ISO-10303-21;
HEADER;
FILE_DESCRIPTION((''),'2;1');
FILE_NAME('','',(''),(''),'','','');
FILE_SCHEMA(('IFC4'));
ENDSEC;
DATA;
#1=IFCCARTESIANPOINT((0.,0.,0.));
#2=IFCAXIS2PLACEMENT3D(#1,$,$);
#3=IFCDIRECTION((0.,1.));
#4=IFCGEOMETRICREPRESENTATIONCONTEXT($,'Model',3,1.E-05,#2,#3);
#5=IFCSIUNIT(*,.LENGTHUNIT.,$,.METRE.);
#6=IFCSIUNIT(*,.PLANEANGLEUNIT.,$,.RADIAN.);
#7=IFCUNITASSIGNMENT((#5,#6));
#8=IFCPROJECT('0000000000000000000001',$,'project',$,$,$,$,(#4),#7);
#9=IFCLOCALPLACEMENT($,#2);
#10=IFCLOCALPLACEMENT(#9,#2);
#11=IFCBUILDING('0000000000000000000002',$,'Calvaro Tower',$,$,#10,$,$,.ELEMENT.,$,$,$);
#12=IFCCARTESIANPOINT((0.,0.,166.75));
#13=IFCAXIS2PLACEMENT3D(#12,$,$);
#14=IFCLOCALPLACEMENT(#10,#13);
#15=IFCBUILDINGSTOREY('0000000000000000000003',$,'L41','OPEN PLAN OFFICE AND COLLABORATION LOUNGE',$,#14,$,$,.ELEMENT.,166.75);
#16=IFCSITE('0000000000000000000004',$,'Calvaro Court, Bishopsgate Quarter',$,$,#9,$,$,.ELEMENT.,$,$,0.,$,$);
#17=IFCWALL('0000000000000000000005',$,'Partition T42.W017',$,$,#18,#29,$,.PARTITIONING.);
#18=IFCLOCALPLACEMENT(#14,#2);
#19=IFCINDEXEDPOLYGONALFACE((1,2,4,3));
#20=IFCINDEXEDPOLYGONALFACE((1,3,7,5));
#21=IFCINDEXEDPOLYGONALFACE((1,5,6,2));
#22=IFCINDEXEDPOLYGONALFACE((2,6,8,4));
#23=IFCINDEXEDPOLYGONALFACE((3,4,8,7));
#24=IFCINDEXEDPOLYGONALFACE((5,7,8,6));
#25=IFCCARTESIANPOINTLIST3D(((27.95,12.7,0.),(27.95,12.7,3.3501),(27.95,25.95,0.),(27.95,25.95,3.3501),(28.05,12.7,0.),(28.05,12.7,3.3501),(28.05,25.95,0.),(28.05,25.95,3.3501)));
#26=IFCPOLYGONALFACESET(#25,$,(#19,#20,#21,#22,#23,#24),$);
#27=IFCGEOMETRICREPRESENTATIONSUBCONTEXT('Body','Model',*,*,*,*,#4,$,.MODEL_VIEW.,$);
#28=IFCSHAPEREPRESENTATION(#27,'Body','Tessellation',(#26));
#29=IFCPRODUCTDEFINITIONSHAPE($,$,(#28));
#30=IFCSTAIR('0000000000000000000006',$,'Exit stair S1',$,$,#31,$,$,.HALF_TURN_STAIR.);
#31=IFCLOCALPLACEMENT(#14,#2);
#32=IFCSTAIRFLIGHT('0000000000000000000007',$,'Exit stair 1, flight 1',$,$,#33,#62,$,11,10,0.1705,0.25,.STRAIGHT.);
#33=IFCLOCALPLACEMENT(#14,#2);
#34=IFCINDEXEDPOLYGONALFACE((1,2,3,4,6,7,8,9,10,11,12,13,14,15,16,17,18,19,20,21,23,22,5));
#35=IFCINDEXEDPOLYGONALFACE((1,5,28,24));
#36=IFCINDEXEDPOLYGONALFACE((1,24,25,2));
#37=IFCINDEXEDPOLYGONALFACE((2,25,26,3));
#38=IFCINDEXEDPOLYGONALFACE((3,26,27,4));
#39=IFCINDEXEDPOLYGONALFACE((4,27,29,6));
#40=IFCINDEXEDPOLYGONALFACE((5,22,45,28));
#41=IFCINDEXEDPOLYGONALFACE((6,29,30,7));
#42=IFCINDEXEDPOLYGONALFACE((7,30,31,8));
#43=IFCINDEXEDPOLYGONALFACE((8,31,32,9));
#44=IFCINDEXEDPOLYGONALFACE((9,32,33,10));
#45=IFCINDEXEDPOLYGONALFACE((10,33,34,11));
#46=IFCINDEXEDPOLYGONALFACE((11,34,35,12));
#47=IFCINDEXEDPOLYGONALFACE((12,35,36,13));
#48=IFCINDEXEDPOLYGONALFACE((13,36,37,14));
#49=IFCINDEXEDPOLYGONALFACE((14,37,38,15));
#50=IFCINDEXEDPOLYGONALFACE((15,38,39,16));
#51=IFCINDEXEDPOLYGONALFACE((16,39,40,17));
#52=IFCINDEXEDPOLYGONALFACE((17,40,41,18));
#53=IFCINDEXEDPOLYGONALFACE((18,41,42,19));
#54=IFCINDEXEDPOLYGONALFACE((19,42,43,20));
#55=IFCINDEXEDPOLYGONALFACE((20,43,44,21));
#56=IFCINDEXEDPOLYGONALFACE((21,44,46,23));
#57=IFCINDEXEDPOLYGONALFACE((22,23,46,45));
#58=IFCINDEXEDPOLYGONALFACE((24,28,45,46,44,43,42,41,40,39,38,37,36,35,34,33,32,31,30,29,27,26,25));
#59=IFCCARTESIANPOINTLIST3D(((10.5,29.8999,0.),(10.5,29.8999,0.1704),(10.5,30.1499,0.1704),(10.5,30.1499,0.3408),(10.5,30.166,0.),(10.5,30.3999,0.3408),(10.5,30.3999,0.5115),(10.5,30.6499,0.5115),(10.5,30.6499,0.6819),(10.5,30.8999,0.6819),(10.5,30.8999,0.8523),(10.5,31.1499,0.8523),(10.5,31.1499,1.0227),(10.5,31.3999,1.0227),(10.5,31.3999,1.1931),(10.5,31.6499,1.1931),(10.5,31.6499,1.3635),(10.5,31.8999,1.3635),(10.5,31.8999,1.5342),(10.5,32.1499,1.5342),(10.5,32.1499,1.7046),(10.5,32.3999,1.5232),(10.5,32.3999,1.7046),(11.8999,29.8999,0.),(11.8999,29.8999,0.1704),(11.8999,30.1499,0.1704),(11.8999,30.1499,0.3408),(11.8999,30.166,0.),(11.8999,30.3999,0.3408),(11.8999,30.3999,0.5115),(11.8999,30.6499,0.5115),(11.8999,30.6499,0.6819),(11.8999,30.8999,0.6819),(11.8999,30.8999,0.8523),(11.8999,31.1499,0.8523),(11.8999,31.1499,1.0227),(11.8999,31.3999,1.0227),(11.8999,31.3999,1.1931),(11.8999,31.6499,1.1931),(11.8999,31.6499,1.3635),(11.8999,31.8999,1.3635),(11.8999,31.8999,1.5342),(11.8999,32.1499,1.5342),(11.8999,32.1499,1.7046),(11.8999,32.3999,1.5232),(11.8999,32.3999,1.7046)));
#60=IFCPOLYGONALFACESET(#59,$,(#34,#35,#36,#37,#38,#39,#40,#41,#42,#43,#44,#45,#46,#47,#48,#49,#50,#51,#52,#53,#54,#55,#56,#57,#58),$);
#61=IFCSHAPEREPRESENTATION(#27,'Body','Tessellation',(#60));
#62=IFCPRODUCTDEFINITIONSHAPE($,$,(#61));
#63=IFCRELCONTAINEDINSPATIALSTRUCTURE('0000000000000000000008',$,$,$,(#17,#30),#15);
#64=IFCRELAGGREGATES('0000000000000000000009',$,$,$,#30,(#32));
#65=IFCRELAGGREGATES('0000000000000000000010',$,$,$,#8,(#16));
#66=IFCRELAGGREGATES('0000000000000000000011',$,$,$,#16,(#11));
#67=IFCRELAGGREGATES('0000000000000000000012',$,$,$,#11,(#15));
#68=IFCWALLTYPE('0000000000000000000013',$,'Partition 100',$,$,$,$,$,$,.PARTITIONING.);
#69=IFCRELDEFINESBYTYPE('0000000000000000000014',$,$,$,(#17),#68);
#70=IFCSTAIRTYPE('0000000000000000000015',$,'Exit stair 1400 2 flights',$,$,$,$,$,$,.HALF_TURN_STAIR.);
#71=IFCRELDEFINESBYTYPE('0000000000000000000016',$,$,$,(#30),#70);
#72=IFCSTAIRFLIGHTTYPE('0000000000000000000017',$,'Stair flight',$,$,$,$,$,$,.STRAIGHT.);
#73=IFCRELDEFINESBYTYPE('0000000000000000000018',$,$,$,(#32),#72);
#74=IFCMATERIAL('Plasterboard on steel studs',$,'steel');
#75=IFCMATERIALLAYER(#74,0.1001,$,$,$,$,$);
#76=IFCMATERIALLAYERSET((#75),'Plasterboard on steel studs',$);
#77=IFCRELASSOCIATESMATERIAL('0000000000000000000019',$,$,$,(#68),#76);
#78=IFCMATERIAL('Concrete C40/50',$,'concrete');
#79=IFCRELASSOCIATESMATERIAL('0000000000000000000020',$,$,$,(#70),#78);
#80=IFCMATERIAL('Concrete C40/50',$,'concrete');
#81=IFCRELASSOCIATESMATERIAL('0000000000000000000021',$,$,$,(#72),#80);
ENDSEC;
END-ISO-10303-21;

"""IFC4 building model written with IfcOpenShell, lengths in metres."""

from ifc_helpers import new_model, si_unit, direction, frame, frame_2d, origin, place, context, subcontext, project, spatial, polyline, rectangle, outline, extrude, material, layer, layer_set, type_object, element, aggregate, save


model = new_model("IFC4")

# Units and contexts
model_context = context("Model", 3, precision=1e-05, world=origin(), true_north=direction((0.0, 1.0)))
body_context = subcontext(model_context, "Body", "Model", "MODEL_VIEW")
ifc_project = project(units=[si_unit("LENGTHUNIT", "METRE"), si_unit("PLANEANGLEUNIT", "RADIAN")], contexts=[model_context])

# Site, building, storey
site_placement = place(None, origin())
site = spatial("IfcSite", under=ifc_project, at=site_placement, Name="Calvaro Court, Bishopsgate Quarter", CompositionType="ELEMENT", RefElevation=0.0)
building_placement = place(site_placement, origin())
building = spatial("IfcBuilding", under=site, at=building_placement, Name="Calvaro Tower", CompositionType="ELEMENT")
storey_placement = place(building_placement, frame((0.0, 0.0, 166.75)))
storey = spatial("IfcBuildingStorey", under=building, at=storey_placement, Name="L41", Description="OPEN PLAN OFFICE AND COLLABORATION LOUNGE", CompositionType="ELEMENT", Elevation=166.75)

# Shared definitions
ifc_material_1 = material(Name="Plasterboard on steel studs", Category="steel")
ifc_layer_1 = layer(ifc_material_1, 0.1001)
ifc_layer_set_1 = layer_set([ifc_layer_1], Name="Plasterboard on steel studs")
wall_type_1 = type_object("IfcWallType", Name="Partition 100", PredefinedType="PARTITIONING", material=ifc_layer_set_1)

# Wall
for number, where, z_axis, x_axis, name in (
    (1, (28.0, 12.7, 0.0), (0.0, 0.0, 1.0), (0.0, 1.0, 0.0), "Partition T42.W017"),
):
    element("IfcWall", number, at=place(storey_placement, frame(where, z_axis=z_axis, x_axis=x_axis)), inside=storey, type_object=wall_type_1, Name=name, PredefinedType="PARTITIONING", context=body_context, shape_type="SweptSolid", body=[
        extrude(rectangle(XDim=13.25, YDim=0.1001, at=frame_2d((6.625, 0.0))), origin(), (0.0, 0.0, 1.0), 3.3501),
    ])

# Stair, stair flight
ifc_material_2 = material(Name="Concrete C40/50", Category="concrete")
stair_type = type_object("IfcStairType", Name="Exit stair 1400 2 flights", PredefinedType="HALF_TURN_STAIR", material=ifc_material_2)
stair_placement = place(storey_placement, origin())
stair = element("IfcStair", 2, at=stair_placement, inside=storey, type_object=stair_type, Name="Exit stair S1", PredefinedType="HALF_TURN_STAIR")
ifc_material_3 = material(Name="Concrete C40/50", Category="concrete")
stair_flight_type = type_object("IfcStairFlightType", Name="Stair flight", PredefinedType="STRAIGHT", material=ifc_material_3)
stair_flight_placement = place(storey_placement, frame((11.2, 29.8999, 0.0), z_axis=(0.0, 0.0, 1.0), x_axis=(0.0, 1.0, 0.0)))
stair_flight = element("IfcStairFlight", 3, at=stair_flight_placement, type_object=stair_flight_type, Name="Exit stair 1, flight 1", NumberOfRisers=11, NumberOfTreads=10, PredefinedType="STRAIGHT", RiserHeight=0.1705, TreadLength=0.25, context=body_context, shape_type="SweptSolid", body=[
    extrude(outline(polyline([(0.0, 0.0), (0.0, 0.1704), (0.25, 0.1704), (0.25, 0.3408), (0.5, 0.3408), (0.5, 0.5115), (0.75, 0.5115), (0.75, 0.6819), (1.0, 0.6819), (1.0, 0.8523), (1.25, 0.8523), (1.25, 1.0227), (1.5, 1.0227), (1.5, 1.1931), (1.75, 1.1931), (1.75, 1.3635), (2.0, 1.3635), (2.0, 1.5342), (2.25, 1.5342), (2.25, 1.7046), (2.5, 1.7046), (2.5, 1.875), (2.5, 1.5232), (0.2661, 0.0), (0.0, 0.0)])), frame((0.0, 0.7, 0.0), z_axis=(0.0, -1.0, 0.0), x_axis=(1.0, 0.0, 0.0)), (0.0, 0.0, 1.0), 1.3999),
])
aggregate(stair, [stair_flight])

save(model, "model.ifc")
